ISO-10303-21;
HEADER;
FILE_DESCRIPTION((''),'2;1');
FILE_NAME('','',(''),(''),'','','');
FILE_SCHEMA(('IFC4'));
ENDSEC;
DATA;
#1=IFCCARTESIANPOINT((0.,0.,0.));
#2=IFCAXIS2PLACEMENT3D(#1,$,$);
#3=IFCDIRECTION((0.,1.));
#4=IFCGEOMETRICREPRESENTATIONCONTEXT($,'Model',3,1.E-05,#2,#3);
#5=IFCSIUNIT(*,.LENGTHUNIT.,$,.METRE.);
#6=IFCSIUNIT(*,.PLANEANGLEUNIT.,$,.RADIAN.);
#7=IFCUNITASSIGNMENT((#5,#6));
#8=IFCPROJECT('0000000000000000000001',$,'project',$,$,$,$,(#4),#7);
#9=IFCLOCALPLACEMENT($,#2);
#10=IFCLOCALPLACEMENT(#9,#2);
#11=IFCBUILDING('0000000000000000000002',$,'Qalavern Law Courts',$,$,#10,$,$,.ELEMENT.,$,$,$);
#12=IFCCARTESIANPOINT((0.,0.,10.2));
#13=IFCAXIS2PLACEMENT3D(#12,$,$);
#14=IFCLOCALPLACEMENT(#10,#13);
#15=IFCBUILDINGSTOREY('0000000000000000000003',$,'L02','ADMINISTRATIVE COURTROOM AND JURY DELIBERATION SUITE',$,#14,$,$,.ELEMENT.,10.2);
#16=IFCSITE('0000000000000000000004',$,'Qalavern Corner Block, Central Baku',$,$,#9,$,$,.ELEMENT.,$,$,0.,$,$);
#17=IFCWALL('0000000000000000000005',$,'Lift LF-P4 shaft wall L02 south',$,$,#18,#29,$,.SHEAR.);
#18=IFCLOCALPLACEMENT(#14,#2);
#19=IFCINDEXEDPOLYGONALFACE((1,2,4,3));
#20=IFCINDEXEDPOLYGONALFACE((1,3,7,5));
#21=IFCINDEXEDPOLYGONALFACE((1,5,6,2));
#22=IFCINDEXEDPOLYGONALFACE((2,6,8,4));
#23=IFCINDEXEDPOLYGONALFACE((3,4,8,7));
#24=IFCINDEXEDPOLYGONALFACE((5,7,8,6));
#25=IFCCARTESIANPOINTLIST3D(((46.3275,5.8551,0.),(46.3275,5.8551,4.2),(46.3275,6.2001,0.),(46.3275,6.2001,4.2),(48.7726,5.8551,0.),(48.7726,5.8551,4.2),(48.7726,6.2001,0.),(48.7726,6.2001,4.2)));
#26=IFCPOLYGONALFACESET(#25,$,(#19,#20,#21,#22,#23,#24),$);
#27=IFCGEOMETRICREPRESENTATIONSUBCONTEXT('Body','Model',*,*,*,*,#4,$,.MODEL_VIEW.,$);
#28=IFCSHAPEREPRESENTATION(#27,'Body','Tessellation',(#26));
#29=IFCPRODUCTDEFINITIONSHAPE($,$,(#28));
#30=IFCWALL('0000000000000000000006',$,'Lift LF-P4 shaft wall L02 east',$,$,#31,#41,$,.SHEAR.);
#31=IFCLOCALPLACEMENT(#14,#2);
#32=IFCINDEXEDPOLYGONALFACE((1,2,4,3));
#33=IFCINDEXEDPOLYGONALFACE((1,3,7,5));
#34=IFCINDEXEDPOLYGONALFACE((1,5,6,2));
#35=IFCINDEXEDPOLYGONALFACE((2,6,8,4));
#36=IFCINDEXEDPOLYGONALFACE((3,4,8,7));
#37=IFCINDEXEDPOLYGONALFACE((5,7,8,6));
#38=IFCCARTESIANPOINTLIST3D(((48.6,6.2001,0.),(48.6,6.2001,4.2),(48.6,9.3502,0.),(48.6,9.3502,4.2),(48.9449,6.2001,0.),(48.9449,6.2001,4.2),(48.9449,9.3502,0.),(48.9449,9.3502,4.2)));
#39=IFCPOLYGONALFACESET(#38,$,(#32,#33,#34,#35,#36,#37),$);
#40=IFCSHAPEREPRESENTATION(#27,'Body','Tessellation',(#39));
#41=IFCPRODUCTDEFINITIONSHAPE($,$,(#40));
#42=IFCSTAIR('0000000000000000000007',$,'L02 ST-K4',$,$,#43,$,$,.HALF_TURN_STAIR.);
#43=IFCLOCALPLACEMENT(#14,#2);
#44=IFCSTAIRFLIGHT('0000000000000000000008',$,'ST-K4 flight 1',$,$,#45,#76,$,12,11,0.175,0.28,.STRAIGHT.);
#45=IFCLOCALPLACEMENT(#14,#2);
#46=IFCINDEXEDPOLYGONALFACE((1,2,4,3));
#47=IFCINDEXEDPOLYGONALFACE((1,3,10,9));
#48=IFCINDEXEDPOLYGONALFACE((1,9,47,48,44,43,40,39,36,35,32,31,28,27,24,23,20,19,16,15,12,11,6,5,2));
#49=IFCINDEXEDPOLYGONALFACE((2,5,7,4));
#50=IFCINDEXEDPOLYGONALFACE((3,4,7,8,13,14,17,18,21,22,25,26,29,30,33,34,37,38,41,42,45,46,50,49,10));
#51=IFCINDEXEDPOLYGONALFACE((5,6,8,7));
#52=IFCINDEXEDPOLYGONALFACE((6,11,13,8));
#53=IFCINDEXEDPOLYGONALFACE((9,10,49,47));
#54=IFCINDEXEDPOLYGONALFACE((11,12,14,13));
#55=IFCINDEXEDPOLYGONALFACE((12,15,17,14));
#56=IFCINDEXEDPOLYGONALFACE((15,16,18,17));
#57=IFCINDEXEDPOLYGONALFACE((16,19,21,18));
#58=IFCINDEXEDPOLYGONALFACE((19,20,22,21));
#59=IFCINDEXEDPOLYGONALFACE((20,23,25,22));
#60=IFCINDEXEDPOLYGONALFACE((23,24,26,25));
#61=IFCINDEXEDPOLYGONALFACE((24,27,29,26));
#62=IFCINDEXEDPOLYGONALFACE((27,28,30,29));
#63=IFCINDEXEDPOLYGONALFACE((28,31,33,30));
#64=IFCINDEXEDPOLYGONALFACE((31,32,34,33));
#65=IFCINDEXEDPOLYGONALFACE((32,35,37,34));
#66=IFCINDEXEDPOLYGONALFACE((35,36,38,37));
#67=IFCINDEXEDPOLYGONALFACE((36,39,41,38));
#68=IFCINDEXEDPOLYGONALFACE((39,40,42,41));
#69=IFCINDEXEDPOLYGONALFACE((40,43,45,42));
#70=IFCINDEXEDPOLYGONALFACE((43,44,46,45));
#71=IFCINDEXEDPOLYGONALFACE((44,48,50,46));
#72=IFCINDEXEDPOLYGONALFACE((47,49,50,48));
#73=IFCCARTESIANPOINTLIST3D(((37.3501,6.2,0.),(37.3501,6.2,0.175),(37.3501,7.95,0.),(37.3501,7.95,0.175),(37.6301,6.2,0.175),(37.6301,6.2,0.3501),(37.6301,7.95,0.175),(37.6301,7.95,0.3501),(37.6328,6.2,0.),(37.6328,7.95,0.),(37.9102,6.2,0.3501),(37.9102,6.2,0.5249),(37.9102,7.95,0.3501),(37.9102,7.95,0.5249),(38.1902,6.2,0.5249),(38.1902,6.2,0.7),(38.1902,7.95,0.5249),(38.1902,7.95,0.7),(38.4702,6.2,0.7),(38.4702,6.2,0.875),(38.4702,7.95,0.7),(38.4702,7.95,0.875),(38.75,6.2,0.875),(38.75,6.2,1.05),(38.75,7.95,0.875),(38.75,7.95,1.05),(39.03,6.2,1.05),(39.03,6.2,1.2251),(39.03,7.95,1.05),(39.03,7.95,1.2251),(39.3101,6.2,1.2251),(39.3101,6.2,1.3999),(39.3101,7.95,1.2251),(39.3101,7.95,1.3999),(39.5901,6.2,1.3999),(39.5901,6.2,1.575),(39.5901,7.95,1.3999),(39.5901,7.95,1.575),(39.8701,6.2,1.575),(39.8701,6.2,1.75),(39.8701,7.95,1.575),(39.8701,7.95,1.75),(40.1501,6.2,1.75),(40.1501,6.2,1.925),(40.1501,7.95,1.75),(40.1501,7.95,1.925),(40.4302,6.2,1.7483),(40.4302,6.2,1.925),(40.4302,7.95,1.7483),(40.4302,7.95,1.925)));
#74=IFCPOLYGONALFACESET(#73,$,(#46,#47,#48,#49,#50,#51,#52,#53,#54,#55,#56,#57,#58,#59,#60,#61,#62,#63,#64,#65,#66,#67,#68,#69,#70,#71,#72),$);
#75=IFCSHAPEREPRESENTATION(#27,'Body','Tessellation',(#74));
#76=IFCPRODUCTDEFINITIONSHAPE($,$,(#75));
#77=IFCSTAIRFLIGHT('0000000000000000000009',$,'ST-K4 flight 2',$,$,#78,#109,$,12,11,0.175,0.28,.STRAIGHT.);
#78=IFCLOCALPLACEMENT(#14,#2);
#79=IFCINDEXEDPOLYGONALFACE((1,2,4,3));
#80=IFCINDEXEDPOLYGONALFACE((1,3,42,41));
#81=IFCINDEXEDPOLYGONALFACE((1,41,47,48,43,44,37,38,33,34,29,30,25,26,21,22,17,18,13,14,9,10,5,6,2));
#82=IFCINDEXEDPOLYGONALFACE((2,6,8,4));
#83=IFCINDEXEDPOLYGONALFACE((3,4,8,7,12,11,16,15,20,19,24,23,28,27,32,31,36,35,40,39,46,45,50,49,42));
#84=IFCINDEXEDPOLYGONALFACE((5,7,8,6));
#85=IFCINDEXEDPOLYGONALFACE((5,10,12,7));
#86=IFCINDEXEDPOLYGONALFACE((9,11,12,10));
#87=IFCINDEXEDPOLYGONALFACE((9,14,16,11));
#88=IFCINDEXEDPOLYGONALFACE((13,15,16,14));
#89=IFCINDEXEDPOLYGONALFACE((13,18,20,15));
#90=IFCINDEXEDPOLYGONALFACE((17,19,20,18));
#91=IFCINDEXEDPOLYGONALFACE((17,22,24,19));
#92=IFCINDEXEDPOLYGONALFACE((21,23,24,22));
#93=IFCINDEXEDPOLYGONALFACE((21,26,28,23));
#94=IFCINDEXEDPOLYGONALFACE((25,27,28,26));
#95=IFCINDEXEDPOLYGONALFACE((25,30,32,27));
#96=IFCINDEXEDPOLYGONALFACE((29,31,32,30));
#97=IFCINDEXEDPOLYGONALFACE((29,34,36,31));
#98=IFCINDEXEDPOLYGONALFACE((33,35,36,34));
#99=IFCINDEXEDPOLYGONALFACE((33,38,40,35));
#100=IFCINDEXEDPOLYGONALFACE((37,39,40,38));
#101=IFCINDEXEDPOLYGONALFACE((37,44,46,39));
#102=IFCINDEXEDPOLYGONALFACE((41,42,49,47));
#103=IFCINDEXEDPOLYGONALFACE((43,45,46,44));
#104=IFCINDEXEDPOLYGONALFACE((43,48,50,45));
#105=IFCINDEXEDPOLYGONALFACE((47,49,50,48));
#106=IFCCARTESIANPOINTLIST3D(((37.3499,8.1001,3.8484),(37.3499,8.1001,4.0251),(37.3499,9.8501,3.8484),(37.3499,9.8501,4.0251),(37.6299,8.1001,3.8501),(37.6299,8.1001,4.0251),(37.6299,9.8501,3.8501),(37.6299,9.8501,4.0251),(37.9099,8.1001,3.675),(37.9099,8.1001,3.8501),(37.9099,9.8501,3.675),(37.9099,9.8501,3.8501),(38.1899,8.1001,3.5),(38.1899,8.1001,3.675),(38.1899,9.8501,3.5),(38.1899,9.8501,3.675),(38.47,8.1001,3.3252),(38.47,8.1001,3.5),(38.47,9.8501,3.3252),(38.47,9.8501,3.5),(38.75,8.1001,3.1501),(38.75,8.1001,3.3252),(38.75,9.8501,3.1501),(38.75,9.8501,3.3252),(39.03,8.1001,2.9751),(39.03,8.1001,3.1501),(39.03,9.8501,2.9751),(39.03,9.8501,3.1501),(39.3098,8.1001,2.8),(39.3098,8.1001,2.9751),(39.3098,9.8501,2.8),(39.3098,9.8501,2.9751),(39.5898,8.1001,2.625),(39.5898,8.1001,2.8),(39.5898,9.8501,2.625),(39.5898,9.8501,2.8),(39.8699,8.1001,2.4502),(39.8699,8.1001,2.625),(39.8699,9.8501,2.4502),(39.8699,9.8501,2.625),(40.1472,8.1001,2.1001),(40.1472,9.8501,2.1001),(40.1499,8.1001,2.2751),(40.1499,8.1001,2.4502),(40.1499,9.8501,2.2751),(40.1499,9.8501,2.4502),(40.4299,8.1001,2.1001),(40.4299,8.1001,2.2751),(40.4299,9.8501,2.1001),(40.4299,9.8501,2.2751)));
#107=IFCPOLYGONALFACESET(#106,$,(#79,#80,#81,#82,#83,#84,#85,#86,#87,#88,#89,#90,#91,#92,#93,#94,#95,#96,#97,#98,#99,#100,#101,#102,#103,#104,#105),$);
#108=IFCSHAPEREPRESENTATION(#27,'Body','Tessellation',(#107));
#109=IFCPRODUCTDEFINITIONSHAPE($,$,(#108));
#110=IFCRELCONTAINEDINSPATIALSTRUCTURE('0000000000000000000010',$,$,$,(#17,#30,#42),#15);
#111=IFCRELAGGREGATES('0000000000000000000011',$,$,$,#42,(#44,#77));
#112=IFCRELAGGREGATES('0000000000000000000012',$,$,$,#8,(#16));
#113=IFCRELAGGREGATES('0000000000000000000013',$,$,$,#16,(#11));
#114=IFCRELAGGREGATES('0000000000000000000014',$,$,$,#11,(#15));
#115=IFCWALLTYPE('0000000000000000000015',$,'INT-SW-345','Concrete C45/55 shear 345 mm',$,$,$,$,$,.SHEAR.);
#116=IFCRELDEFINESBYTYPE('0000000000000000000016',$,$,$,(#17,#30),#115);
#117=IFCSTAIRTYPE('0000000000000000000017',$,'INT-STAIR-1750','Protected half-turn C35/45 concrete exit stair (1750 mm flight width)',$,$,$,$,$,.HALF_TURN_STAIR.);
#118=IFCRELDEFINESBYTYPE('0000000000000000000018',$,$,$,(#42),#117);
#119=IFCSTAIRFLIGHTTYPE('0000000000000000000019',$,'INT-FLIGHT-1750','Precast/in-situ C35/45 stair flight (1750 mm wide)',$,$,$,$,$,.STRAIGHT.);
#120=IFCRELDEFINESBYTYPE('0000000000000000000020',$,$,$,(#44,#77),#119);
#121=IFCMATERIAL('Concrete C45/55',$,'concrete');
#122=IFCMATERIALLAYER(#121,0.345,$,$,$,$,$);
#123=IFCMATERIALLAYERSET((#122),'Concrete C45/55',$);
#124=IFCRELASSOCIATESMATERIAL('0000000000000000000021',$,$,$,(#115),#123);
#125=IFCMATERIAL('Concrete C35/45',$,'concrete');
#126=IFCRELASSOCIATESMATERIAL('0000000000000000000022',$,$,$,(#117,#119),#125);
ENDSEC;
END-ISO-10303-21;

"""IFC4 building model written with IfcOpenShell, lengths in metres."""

from ifc_helpers import new_model, si_unit, direction, frame, frame_2d, origin, place, context, subcontext, project, spatial, polyline, rectangle, outline, extrude, material, layer, layer_set, type_object, element, aggregate, save


model = new_model("IFC4")

# Units and contexts
model_context = context("Model", 3, precision=1e-05, world=origin(), true_north=direction((0.0, 1.0)))
body_context = subcontext(model_context, "Body", "Model", "MODEL_VIEW")
ifc_project = project(units=[si_unit("LENGTHUNIT", "METRE"), si_unit("PLANEANGLEUNIT", "RADIAN")], contexts=[model_context])

# Site, building, storey
site_placement = place(None, origin())
site = spatial("IfcSite", under=ifc_project, at=site_placement, Name="Qalavern Corner Block, Central Baku", CompositionType="ELEMENT", RefElevation=0.0)
building_placement = place(site_placement, origin())
building = spatial("IfcBuilding", under=site, at=building_placement, Name="Qalavern Law Courts", CompositionType="ELEMENT")
storey_placement = place(building_placement, frame((0.0, 0.0, 10.2)))
storey = spatial("IfcBuildingStorey", under=building, at=storey_placement, Name="L02", Description="ADMINISTRATIVE COURTROOM AND JURY DELIBERATION SUITE", CompositionType="ELEMENT", Elevation=10.2)

# Shared definitions
ifc_material_1 = material(Name="Concrete C45/55", Category="concrete")

# Shared definitions
ifc_layer_1 = layer(ifc_material_1, 0.345)
ifc_layer_set_1 = layer_set([ifc_layer_1], Name="Concrete C45/55")
wall_type_1 = type_object("IfcWallType", Name="INT-SW-345", Description="Concrete C45/55 shear 345 mm", PredefinedType="SHEAR", material=ifc_layer_set_1)

# Walls
wall_1_placement = place(storey_placement, frame((46.3274, 6.0276, 0.0), z_axis=(0.0, 0.0, 1.0), x_axis=(1.0, 0.0, 0.0)))
element("IfcWall", 1, at=wall_1_placement, inside=storey, type_object=wall_type_1, Name="Lift LF-P4 shaft wall L02 south", PredefinedType="SHEAR", context=body_context, shape_type="SweptSolid", body=[
    extrude(rectangle(XDim=2.4451, YDim=0.345, at=frame_2d((1.2227, 0.0))), origin(), (0.0, 0.0, 1.0), 4.2),
])
wall_2_placement = place(storey_placement, frame((48.7725, 6.2, 0.0), z_axis=(0.0, 0.0, 1.0), x_axis=(0.0, 1.0, 0.0)))
element("IfcWall", 2, at=wall_2_placement, inside=storey, type_object=wall_type_1, Name="Lift LF-P4 shaft wall L02 east", PredefinedType="SHEAR", context=body_context, shape_type="SweptSolid", body=[
    extrude(rectangle(XDim=3.1501, YDim=0.345, at=frame_2d((1.5752, 0.0))), origin(), (0.0, 0.0, 1.0), 4.2),
])

# Stair, stair flights
ifc_material_2 = material(Name="Concrete C35/45", Category="concrete")
stair_type = type_object("IfcStairType", Name="INT-STAIR-1750", Description="Protected half-turn C35/45 concrete exit stair (1750 mm flight width)", PredefinedType="HALF_TURN_STAIR", material=ifc_material_2)
stair_placement = place(storey_placement, origin())
stair = element("IfcStair", 3, at=stair_placement, inside=storey, type_object=stair_type, Name="L02 ST-K4", PredefinedType="HALF_TURN_STAIR")
stair_flight_type = type_object("IfcStairFlightType", Name="INT-FLIGHT-1750", Description="Precast/in-situ C35/45 stair flight (1750 mm wide)", PredefinedType="STRAIGHT", material=ifc_material_2)
stair_flight_1_placement = place(storey_placement, frame((37.3501, 7.075, 0.0), z_axis=(0.0, 0.0, 1.0), x_axis=(1.0, 0.0, 0.0)))
stair_flight_1 = element("IfcStairFlight", 4, at=stair_flight_1_placement, type_object=stair_flight_type, Name="ST-K4 flight 1", NumberOfRisers=12, NumberOfTreads=11, PredefinedType="STRAIGHT", RiserHeight=0.175, TreadLength=0.28, context=body_context, shape_type="SweptSolid", body=[
    extrude(outline(polyline([(0.0, 0.0), (0.0, 0.175), (0.28, 0.175), (0.28, 0.3501), (0.5601, 0.3501), (0.5601, 0.5249), (0.8401, 0.5249), (0.8401, 0.7), (1.1201, 0.7), (1.1201, 0.875), (1.3999, 0.875), (1.3999, 1.05), (1.6799, 1.05), (1.6799, 1.2251), (1.96, 1.2251), (1.96, 1.3999), (2.24, 1.3999), (2.24, 1.575), (2.52, 1.575), (2.52, 1.75), (2.8, 1.75), (2.8, 1.925), (3.0801, 1.925), (3.0801, 2.1001), (3.0801, 1.7483), (0.2827, 0.0), (0.0, 0.0)])), frame((0.0, 0.875, 0.0), z_axis=(0.0, -1.0, 0.0), x_axis=(1.0, 0.0, 0.0)), (0.0, 0.0, 1.0), 1.75),
])
stair_flight_2_placement = place(storey_placement, frame((40.4299, 8.9751, 2.1001), z_axis=(0.0, 0.0, 1.0), x_axis=(-1.0, 0.0, 0.0)))
stair_flight_2 = element("IfcStairFlight", 5, at=stair_flight_2_placement, type_object=stair_flight_type, Name="ST-K4 flight 2", NumberOfRisers=12, NumberOfTreads=11, PredefinedType="STRAIGHT", RiserHeight=0.175, TreadLength=0.28, context=body_context, shape_type="SweptSolid", body=[
    extrude(outline(polyline([(0.0, 0.0), (0.0, 0.175), (0.28, 0.175), (0.28, 0.3501), (0.5601, 0.3501), (0.5601, 0.5249), (0.8401, 0.5249), (0.8401, 0.7), (1.1201, 0.7), (1.1201, 0.875), (1.3999, 0.875), (1.3999, 1.05), (1.6799, 1.05), (1.6799, 1.2251), (1.96, 1.2251), (1.96, 1.3999), (2.24, 1.3999), (2.24, 1.575), (2.52, 1.575), (2.52, 1.75), (2.8, 1.75), (2.8, 1.925), (3.0801, 1.925), (3.0801, 2.1001), (3.0801, 1.7483), (0.2827, 0.0), (0.0, 0.0)])), frame((0.0, 0.875, 0.0), z_axis=(0.0, -1.0, 0.0), x_axis=(1.0, 0.0, 0.0)), (0.0, 0.0, 1.0), 1.75),
])
aggregate(stair, [stair_flight_1, stair_flight_2])

save(model, "model.ifc")
